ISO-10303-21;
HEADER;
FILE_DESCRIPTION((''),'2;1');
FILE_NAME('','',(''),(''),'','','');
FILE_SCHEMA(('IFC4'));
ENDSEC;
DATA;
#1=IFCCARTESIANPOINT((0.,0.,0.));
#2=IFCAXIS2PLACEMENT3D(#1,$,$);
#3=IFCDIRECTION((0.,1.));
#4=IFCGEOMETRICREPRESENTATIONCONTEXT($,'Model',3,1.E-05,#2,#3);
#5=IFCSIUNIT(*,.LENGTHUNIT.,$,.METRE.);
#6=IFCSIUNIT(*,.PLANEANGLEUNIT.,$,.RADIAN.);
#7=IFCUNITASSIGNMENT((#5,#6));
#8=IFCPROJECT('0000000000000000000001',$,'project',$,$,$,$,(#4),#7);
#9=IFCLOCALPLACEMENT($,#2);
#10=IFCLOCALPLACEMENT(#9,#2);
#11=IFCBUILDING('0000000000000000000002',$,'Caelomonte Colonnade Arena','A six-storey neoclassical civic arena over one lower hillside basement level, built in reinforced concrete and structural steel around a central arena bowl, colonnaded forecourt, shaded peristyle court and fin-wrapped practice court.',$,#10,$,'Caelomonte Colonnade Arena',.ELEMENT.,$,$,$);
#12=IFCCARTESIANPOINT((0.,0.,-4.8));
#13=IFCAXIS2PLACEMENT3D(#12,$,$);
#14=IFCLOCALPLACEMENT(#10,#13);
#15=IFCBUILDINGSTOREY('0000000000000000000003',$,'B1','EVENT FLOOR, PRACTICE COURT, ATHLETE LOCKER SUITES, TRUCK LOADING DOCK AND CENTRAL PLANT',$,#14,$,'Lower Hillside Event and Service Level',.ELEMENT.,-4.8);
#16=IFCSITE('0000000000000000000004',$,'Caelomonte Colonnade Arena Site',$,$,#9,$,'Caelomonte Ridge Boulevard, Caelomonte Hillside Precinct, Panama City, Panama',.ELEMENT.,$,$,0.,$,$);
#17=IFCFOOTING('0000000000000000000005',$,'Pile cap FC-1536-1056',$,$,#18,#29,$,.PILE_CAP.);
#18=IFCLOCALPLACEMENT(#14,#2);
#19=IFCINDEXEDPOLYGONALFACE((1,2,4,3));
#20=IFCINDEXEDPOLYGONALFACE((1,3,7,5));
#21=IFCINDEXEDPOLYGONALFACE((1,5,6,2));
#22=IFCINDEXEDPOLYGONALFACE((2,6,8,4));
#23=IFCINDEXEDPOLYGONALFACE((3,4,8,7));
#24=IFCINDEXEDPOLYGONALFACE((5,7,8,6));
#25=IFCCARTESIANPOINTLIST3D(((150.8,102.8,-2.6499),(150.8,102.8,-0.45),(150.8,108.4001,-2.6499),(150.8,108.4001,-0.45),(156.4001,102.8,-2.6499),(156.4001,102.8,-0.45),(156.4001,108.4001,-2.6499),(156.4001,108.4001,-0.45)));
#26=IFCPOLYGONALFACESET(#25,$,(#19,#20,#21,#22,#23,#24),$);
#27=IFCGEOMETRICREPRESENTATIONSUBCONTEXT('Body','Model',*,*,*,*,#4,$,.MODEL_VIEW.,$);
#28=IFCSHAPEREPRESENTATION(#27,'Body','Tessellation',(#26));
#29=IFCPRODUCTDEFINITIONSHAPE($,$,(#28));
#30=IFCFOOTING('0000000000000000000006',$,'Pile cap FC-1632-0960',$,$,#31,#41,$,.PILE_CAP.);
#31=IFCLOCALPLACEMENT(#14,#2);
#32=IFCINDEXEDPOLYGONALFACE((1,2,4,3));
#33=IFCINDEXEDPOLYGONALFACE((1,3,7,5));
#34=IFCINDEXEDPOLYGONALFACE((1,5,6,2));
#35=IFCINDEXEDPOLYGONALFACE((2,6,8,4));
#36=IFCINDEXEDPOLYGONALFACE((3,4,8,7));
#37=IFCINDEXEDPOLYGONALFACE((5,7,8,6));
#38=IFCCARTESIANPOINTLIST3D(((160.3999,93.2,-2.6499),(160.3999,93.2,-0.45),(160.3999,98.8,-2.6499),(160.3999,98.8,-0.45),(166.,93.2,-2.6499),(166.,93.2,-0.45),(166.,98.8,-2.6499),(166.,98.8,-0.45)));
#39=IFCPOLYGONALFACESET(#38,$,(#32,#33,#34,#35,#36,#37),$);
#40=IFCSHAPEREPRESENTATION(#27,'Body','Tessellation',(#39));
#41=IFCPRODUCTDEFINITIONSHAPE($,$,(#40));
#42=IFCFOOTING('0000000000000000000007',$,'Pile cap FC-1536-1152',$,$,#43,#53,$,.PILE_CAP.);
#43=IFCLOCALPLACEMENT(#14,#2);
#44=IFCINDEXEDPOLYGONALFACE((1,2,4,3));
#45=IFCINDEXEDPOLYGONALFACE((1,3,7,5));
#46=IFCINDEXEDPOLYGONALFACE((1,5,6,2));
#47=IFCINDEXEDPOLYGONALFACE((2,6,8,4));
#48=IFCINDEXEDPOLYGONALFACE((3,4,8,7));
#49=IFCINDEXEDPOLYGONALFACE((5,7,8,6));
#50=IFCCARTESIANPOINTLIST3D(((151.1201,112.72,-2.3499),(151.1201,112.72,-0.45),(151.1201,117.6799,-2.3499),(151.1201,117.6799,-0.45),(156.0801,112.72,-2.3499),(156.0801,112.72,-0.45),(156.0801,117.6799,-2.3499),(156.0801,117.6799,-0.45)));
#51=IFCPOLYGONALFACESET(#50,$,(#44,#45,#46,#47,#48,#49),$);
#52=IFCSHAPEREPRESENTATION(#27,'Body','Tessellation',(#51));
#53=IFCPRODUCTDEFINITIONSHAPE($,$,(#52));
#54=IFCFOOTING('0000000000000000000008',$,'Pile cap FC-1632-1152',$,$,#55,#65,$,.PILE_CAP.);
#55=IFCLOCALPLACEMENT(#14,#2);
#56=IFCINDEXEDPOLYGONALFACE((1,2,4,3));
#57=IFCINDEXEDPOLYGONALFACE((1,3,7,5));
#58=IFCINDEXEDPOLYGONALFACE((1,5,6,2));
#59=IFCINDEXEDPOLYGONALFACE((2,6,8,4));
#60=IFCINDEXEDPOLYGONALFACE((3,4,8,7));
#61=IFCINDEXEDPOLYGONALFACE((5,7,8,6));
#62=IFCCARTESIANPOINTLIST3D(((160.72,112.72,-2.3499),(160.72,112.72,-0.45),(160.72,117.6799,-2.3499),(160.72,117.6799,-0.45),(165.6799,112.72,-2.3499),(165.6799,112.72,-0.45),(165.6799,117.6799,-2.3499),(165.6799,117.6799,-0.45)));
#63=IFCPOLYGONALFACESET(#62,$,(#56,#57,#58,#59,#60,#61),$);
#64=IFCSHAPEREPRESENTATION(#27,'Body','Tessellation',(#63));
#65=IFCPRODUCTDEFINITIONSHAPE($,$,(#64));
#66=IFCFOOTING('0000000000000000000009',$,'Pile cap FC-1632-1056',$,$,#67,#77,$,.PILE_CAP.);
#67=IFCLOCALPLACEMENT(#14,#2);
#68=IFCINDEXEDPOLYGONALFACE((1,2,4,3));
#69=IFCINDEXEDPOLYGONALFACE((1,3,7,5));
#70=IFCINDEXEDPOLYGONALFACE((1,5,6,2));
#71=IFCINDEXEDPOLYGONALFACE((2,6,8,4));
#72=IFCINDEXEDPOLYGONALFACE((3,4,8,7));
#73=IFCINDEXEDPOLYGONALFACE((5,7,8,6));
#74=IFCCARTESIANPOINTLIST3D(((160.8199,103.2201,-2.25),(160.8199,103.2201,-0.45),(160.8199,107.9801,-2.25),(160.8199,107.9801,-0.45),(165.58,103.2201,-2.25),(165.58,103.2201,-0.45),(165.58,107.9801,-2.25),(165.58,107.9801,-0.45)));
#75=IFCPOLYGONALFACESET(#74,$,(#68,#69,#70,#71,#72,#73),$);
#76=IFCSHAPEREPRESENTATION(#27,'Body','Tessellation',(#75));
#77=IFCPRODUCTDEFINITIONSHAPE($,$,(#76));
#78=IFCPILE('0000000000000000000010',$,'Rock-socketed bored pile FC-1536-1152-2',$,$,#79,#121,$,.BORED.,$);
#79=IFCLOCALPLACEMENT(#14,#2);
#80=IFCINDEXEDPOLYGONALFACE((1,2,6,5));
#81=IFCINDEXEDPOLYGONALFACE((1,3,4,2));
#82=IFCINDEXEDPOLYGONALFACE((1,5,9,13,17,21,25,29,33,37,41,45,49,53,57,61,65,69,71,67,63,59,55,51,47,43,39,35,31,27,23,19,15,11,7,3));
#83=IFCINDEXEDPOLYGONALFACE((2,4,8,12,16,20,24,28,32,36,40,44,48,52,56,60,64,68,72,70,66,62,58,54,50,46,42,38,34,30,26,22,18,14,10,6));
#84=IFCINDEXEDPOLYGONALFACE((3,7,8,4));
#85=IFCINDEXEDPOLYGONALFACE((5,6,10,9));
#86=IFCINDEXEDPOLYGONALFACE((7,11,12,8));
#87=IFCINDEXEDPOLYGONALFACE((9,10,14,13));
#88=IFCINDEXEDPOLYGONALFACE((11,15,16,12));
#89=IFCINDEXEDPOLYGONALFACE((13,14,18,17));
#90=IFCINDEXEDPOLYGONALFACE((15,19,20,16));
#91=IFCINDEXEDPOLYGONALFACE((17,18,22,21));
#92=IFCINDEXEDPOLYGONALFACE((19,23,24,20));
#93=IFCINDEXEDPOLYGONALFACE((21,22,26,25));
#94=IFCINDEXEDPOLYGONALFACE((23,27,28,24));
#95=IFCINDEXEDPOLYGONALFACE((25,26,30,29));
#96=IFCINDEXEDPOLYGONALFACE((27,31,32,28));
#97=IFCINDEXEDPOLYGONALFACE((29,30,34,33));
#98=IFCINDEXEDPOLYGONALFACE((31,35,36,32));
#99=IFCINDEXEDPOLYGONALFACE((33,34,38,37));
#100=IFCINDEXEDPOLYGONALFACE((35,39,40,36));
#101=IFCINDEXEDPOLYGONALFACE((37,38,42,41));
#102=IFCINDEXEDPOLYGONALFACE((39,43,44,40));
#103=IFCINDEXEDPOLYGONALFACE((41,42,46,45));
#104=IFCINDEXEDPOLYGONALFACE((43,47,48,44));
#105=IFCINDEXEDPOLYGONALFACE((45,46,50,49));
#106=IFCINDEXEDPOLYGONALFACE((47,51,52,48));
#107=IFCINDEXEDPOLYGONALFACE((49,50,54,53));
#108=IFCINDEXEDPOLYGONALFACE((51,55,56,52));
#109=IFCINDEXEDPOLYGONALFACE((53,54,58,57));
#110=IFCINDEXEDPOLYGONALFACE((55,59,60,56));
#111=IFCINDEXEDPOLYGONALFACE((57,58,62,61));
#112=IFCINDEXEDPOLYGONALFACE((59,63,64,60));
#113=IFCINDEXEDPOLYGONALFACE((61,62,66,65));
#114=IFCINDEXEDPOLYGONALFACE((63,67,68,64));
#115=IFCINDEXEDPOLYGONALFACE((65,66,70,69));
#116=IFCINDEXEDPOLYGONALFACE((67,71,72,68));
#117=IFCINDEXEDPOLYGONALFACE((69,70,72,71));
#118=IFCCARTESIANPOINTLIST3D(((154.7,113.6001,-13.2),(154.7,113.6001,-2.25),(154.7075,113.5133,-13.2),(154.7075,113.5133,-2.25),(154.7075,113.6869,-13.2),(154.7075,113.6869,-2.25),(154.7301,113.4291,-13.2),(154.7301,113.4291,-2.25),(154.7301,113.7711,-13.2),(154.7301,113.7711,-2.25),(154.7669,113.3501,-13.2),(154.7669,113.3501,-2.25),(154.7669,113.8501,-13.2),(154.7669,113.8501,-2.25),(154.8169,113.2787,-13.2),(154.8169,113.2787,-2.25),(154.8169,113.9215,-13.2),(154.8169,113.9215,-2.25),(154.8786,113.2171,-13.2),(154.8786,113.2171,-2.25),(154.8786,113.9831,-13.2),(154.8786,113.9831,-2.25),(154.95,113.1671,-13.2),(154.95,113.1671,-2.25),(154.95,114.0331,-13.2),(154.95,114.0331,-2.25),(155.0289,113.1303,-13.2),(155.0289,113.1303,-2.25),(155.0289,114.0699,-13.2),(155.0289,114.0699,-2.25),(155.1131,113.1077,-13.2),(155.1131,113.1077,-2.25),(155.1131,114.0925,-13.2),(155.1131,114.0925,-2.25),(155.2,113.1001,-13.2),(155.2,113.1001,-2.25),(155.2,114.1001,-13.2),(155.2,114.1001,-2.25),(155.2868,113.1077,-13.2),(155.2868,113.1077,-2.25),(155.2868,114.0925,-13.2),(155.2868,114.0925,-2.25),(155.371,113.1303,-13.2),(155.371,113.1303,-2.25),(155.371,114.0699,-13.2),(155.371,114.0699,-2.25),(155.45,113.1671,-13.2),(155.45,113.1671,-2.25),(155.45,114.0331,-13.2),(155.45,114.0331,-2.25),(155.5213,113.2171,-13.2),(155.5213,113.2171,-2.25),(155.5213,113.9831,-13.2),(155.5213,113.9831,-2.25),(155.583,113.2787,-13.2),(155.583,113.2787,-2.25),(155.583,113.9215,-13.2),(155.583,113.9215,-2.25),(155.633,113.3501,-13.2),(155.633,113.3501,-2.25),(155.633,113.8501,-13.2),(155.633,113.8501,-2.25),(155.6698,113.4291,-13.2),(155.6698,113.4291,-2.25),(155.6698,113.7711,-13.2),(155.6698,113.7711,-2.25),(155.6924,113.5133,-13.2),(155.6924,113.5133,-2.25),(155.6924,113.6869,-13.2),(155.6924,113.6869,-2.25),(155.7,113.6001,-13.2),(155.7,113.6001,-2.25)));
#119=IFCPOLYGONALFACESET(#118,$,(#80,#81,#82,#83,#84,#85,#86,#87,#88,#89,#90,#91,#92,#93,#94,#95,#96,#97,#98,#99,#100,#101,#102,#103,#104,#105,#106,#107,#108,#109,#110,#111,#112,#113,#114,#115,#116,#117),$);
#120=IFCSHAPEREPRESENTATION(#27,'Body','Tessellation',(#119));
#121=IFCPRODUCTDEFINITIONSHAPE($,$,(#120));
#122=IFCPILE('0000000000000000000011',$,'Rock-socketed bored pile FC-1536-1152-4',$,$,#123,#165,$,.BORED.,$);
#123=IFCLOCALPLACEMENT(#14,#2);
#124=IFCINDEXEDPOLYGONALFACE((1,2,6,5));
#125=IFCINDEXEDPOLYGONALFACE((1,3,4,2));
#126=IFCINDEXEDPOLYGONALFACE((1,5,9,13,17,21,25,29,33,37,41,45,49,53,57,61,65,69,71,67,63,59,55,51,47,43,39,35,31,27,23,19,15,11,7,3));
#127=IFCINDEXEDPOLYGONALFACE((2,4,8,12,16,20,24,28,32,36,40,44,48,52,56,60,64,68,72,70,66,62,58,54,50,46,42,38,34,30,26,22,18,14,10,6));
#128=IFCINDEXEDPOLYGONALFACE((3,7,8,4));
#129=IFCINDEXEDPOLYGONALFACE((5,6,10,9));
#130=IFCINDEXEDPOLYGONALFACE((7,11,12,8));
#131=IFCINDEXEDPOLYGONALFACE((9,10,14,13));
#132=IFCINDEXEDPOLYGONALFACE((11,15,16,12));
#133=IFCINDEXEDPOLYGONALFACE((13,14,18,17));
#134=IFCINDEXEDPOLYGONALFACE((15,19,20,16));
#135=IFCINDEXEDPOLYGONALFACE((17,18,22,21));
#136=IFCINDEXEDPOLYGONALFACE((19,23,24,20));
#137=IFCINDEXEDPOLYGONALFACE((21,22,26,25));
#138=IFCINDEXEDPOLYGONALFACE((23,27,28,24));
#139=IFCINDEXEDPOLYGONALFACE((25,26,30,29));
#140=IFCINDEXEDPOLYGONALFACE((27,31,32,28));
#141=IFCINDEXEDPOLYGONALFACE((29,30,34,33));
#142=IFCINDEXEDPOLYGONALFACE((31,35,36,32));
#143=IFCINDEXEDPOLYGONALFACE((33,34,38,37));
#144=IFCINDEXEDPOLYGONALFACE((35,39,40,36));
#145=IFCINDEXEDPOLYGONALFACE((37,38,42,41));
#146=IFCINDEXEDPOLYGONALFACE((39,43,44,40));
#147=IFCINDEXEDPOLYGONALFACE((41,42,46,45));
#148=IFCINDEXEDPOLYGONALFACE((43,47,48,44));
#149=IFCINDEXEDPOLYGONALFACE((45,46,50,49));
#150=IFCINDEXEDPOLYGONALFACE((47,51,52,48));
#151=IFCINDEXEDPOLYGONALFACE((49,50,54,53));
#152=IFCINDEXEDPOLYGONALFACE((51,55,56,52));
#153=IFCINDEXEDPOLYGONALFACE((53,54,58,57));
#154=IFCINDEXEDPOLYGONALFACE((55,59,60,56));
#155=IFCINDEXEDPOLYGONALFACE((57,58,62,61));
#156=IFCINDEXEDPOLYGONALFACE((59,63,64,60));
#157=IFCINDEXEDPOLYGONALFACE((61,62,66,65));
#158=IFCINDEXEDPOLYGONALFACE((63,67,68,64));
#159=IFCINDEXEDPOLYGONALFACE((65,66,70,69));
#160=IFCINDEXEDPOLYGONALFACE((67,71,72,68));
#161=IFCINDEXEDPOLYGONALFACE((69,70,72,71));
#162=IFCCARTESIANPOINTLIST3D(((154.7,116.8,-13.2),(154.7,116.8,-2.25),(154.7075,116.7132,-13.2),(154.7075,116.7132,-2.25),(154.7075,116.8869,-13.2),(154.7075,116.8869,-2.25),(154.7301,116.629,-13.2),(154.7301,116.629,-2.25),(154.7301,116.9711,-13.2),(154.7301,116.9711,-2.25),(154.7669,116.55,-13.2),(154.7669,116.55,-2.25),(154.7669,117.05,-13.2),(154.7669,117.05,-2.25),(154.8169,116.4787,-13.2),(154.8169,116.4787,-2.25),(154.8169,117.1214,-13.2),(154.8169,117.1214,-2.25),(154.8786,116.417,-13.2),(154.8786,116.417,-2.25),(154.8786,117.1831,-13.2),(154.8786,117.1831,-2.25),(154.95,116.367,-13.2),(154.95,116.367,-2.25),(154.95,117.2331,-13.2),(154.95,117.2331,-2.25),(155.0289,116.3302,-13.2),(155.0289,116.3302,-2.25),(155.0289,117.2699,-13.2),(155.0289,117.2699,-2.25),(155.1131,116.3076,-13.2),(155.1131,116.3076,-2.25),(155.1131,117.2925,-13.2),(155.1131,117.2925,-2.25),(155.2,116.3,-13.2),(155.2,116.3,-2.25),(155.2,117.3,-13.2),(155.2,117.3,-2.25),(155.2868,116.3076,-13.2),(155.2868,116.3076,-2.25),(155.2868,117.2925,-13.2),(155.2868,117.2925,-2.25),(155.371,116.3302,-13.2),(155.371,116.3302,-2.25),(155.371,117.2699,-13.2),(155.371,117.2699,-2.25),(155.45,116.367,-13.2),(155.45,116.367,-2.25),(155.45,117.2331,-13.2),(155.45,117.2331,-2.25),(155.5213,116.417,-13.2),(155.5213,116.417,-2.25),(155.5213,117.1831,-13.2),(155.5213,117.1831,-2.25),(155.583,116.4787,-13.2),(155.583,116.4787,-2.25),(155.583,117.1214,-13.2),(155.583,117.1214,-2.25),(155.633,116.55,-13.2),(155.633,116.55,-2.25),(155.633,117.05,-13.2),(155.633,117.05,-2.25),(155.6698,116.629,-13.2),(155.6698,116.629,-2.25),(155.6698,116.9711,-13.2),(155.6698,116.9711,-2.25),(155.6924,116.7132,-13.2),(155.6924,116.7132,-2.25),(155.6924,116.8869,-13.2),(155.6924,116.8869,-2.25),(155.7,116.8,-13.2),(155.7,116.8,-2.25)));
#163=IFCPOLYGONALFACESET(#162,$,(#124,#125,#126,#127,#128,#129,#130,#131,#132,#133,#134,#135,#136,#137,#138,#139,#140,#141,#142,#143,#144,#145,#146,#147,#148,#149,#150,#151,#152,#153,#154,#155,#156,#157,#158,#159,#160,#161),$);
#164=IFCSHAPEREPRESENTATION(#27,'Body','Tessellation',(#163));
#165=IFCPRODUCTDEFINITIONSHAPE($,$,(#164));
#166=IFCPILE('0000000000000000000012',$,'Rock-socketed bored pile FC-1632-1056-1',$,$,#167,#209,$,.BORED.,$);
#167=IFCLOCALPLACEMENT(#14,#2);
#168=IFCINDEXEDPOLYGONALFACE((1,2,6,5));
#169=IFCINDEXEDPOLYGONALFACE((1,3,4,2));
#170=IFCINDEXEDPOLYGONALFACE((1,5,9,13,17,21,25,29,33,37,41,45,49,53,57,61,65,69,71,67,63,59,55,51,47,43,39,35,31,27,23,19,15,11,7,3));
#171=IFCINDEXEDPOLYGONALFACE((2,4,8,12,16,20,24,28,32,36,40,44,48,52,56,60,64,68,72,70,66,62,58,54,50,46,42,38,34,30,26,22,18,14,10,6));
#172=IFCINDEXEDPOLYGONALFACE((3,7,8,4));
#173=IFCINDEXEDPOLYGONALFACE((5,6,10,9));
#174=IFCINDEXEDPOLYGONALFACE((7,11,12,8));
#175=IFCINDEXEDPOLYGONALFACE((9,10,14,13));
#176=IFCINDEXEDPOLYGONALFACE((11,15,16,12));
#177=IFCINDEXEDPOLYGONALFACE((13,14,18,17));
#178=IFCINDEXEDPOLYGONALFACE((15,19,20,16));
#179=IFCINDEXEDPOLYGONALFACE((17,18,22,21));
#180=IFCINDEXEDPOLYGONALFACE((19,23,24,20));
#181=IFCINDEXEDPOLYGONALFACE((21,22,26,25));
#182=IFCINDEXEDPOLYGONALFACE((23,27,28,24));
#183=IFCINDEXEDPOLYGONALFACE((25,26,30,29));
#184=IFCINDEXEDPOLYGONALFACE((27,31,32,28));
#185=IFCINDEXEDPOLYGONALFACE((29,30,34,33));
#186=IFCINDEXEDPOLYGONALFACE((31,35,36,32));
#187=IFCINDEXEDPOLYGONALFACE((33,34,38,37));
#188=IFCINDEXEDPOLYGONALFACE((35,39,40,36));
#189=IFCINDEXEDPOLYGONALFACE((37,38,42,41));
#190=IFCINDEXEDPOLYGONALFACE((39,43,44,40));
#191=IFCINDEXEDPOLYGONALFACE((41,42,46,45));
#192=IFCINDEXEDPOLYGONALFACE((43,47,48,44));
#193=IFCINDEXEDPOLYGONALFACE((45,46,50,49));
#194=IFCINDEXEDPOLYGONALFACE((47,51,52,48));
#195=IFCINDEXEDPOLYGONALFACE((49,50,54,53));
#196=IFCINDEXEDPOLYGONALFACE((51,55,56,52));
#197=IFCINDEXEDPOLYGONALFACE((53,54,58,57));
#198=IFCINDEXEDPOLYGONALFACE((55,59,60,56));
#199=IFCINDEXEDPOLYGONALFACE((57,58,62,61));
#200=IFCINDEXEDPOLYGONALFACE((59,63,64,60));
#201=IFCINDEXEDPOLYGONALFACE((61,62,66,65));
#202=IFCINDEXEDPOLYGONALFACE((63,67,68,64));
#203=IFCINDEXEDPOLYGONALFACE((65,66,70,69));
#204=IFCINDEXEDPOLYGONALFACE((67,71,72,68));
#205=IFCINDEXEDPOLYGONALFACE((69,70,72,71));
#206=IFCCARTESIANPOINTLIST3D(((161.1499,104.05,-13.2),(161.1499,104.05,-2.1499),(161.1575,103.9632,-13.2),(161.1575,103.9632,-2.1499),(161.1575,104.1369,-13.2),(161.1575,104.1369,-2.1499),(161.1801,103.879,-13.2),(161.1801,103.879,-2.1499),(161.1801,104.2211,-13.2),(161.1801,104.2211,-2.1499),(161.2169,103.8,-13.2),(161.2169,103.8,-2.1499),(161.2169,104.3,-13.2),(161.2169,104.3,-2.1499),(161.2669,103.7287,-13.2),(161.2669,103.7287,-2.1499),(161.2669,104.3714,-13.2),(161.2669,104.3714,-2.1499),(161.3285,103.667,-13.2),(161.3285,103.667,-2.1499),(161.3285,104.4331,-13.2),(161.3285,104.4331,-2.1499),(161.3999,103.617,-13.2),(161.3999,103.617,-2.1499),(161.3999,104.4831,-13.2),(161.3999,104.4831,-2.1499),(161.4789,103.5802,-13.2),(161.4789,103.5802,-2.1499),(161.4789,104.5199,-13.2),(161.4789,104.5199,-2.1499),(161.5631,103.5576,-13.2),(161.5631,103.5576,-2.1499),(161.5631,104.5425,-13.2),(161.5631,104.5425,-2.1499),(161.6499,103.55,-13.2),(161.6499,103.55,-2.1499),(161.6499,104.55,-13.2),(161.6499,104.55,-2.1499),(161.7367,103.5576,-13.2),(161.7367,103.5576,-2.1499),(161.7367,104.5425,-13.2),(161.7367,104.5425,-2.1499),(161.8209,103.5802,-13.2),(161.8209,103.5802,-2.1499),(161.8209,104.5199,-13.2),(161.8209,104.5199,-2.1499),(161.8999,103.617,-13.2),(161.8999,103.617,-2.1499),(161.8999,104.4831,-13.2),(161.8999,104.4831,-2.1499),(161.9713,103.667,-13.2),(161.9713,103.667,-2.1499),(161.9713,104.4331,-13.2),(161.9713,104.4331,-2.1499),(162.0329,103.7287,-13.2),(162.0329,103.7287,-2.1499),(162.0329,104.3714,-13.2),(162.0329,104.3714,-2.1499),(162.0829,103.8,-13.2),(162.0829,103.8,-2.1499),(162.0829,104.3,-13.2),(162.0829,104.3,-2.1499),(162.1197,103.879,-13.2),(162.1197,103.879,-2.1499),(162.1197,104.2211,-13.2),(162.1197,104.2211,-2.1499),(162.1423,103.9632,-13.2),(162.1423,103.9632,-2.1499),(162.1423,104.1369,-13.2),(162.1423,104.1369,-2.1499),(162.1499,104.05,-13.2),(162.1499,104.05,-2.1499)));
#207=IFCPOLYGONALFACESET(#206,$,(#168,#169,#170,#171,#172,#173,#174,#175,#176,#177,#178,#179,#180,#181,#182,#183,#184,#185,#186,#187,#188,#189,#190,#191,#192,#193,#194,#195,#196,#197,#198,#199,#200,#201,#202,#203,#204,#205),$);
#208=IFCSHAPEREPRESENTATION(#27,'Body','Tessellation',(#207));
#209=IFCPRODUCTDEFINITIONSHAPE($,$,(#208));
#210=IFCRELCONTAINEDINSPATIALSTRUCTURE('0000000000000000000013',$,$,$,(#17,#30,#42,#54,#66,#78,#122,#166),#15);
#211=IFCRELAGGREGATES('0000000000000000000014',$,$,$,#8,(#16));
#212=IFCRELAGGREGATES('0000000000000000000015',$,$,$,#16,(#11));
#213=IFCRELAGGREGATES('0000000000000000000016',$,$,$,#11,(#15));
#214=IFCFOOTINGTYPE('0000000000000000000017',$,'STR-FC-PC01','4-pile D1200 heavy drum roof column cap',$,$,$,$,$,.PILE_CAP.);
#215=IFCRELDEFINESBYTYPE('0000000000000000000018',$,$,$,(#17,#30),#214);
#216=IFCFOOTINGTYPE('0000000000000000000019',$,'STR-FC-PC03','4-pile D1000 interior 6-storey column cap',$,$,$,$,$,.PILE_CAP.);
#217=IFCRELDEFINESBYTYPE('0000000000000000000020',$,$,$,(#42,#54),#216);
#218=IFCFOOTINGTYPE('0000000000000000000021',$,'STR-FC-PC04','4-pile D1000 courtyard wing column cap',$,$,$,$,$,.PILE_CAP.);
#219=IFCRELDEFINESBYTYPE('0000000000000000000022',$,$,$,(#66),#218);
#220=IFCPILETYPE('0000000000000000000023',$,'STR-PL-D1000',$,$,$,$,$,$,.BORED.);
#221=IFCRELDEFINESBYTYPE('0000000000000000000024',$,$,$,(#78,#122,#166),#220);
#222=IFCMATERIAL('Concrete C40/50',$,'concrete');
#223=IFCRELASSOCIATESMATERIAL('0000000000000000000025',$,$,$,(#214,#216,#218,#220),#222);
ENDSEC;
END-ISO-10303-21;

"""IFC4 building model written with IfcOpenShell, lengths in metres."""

from ifc_helpers import new_model, si_unit, direction, frame, origin, origin_2d, place, context, subcontext, project, spatial, rectangle, circle, extrude, material, material_profile, profile_set, type_object, element, save


model = new_model("IFC4")

# Units and contexts
model_context = context("Model", 3, precision=1e-05, world=origin(), true_north=direction((0.0, 1.0)))
body_context = subcontext(model_context, "Body", "Model", "MODEL_VIEW")
ifc_project = project(units=[si_unit("LENGTHUNIT", "METRE"), si_unit("PLANEANGLEUNIT", "RADIAN")], contexts=[model_context])

# Site, building, storey
site_placement = place(None, origin())
site = spatial("IfcSite", under=ifc_project, at=site_placement, Name="Caelomonte Colonnade Arena Site", LongName="Caelomonte Ridge Boulevard, Caelomonte Hillside Precinct, Panama City, Panama", CompositionType="ELEMENT", RefElevation=0.0)
building_placement = place(site_placement, origin())
building = spatial("IfcBuilding", under=site, at=building_placement, Name="Caelomonte Colonnade Arena", Description="A six-storey neoclassical civic arena over one lower hillside basement level, built in reinforced concrete and structural steel around a central arena bowl, colonnaded forecourt, shaded peristyle court and fin-wrapped practice court.", LongName="Caelomonte Colonnade Arena", CompositionType="ELEMENT")
storey_placement = place(building_placement, frame((0.0, 0.0, -4.8)))
storey = spatial("IfcBuildingStorey", under=building, at=storey_placement, Name="B1", Description="EVENT FLOOR, PRACTICE COURT, ATHLETE LOCKER SUITES, TRUCK LOADING DOCK AND CENTRAL PLANT", LongName="Lower Hillside Event and Service Level", CompositionType="ELEMENT", Elevation=-4.8)

# Footings
ifc_material_1 = material(Name="Concrete C40/50", Category="concrete")
footing_type_1 = type_object("IfcFootingType", Name="STR-FC-PC01", Description="4-pile D1200 heavy drum roof column cap", PredefinedType="PILE_CAP", material=ifc_material_1)
for number, where, z_axis, x_axis, name in (
    (1, (153.6001, 105.6001, -2.6499), (0.0, 0.0, 1.0), (1.0, 0.0, 0.0), "Pile cap FC-1536-1056"),
    (2, (163.2, 96.0, -2.6499), (0.0, 0.0, 1.0), (1.0, 0.0, 0.0), "Pile cap FC-1632-0960"),
):
    element("IfcFooting", number, at=place(storey_placement, frame(where, z_axis=z_axis, x_axis=x_axis)), inside=storey, type_object=footing_type_1, Name=name, PredefinedType="PILE_CAP", context=body_context, shape_type="SweptSolid", body=[
        extrude(rectangle(XDim=5.6001, YDim=5.6001, at=origin_2d()), origin(), (0.0, 0.0, 1.0), 2.2),
    ])
footing_type_2 = type_object("IfcFootingType", Name="STR-FC-PC03", Description="4-pile D1000 interior 6-storey column cap", PredefinedType="PILE_CAP", material=ifc_material_1)
for number, where, z_axis, x_axis, name in (
    (3, (153.6001, 115.2, -2.3499), (0.0, 0.0, 1.0), (1.0, 0.0, 0.0), "Pile cap FC-1536-1152"),
    (4, (163.2, 115.2, -2.3499), (0.0, 0.0, 1.0), (1.0, 0.0, 0.0), "Pile cap FC-1632-1152"),
):
    element("IfcFooting", number, at=place(storey_placement, frame(where, z_axis=z_axis, x_axis=x_axis)), inside=storey, type_object=footing_type_2, Name=name, PredefinedType="PILE_CAP", context=body_context, shape_type="SweptSolid", body=[
        extrude(rectangle(XDim=4.96, YDim=4.96, at=origin_2d()), origin(), (0.0, 0.0, 1.0), 1.8999),
    ])
footing_type_3 = type_object("IfcFootingType", Name="STR-FC-PC04", Description="4-pile D1000 courtyard wing column cap", PredefinedType="PILE_CAP", material=ifc_material_1)
footing_placement = place(storey_placement, frame((163.2, 105.6001, -2.25), z_axis=(0.0, 0.0, 1.0), x_axis=(1.0, 0.0, 0.0)))
element("IfcFooting", 5, at=footing_placement, inside=storey, type_object=footing_type_3, Name="Pile cap FC-1632-1056", PredefinedType="PILE_CAP", context=body_context, shape_type="SweptSolid", body=[
    extrude(rectangle(XDim=4.76, YDim=4.76, at=origin_2d()), origin(), (0.0, 0.0, 1.0), 1.8),
])

# Piles
ifc_material_profile_1 = material_profile(ifc_material_1, circle(Radius=0.5, at=origin_2d()), Name="PILE-D1000")
ifc_profile_set_1 = profile_set([ifc_material_profile_1], Name="Concrete C40/50")
pile_type_1 = type_object("IfcPileType", Name="STR-PL-D1000", PredefinedType="BORED", material=ifc_profile_set_1)
for number, where, z_axis, x_axis, name in (
    (6, (155.2, 113.6001, -2.25), (0.0, 0.0, -1.0), (1.0, 0.0, 0.0), "Rock-socketed bored pile FC-1536-1152-2"),
    (7, (155.2, 116.8, -2.25), (0.0, 0.0, -1.0), (1.0, 0.0, 0.0), "Rock-socketed bored pile FC-1536-1152-4"),
):
    element("IfcPile", number, at=place(storey_placement, frame(where, z_axis=z_axis, x_axis=x_axis)), inside=storey, type_object=pile_type_1, Name=name, PredefinedType="BORED", context=body_context, shape_type="SweptSolid", body=[
        extrude(circle(Radius=0.5, at=origin_2d()), origin(), (0.0, 0.0, 1.0), 10.95),
    ])
for number, where, z_axis, x_axis, name in (
    (8, (161.6499, 104.05, -2.1499), (0.0, 0.0, -1.0), (1.0, 0.0, 0.0), "Rock-socketed bored pile FC-1632-1056-1"),
):
    element("IfcPile", number, at=place(storey_placement, frame(where, z_axis=z_axis, x_axis=x_axis)), inside=storey, type_object=pile_type_1, Name=name, PredefinedType="BORED", context=body_context, shape_type="SweptSolid", body=[
        extrude(circle(Radius=0.5, at=origin_2d()), origin(), (0.0, 0.0, 1.0), 11.05),
    ])

save(model, "model.ifc")
